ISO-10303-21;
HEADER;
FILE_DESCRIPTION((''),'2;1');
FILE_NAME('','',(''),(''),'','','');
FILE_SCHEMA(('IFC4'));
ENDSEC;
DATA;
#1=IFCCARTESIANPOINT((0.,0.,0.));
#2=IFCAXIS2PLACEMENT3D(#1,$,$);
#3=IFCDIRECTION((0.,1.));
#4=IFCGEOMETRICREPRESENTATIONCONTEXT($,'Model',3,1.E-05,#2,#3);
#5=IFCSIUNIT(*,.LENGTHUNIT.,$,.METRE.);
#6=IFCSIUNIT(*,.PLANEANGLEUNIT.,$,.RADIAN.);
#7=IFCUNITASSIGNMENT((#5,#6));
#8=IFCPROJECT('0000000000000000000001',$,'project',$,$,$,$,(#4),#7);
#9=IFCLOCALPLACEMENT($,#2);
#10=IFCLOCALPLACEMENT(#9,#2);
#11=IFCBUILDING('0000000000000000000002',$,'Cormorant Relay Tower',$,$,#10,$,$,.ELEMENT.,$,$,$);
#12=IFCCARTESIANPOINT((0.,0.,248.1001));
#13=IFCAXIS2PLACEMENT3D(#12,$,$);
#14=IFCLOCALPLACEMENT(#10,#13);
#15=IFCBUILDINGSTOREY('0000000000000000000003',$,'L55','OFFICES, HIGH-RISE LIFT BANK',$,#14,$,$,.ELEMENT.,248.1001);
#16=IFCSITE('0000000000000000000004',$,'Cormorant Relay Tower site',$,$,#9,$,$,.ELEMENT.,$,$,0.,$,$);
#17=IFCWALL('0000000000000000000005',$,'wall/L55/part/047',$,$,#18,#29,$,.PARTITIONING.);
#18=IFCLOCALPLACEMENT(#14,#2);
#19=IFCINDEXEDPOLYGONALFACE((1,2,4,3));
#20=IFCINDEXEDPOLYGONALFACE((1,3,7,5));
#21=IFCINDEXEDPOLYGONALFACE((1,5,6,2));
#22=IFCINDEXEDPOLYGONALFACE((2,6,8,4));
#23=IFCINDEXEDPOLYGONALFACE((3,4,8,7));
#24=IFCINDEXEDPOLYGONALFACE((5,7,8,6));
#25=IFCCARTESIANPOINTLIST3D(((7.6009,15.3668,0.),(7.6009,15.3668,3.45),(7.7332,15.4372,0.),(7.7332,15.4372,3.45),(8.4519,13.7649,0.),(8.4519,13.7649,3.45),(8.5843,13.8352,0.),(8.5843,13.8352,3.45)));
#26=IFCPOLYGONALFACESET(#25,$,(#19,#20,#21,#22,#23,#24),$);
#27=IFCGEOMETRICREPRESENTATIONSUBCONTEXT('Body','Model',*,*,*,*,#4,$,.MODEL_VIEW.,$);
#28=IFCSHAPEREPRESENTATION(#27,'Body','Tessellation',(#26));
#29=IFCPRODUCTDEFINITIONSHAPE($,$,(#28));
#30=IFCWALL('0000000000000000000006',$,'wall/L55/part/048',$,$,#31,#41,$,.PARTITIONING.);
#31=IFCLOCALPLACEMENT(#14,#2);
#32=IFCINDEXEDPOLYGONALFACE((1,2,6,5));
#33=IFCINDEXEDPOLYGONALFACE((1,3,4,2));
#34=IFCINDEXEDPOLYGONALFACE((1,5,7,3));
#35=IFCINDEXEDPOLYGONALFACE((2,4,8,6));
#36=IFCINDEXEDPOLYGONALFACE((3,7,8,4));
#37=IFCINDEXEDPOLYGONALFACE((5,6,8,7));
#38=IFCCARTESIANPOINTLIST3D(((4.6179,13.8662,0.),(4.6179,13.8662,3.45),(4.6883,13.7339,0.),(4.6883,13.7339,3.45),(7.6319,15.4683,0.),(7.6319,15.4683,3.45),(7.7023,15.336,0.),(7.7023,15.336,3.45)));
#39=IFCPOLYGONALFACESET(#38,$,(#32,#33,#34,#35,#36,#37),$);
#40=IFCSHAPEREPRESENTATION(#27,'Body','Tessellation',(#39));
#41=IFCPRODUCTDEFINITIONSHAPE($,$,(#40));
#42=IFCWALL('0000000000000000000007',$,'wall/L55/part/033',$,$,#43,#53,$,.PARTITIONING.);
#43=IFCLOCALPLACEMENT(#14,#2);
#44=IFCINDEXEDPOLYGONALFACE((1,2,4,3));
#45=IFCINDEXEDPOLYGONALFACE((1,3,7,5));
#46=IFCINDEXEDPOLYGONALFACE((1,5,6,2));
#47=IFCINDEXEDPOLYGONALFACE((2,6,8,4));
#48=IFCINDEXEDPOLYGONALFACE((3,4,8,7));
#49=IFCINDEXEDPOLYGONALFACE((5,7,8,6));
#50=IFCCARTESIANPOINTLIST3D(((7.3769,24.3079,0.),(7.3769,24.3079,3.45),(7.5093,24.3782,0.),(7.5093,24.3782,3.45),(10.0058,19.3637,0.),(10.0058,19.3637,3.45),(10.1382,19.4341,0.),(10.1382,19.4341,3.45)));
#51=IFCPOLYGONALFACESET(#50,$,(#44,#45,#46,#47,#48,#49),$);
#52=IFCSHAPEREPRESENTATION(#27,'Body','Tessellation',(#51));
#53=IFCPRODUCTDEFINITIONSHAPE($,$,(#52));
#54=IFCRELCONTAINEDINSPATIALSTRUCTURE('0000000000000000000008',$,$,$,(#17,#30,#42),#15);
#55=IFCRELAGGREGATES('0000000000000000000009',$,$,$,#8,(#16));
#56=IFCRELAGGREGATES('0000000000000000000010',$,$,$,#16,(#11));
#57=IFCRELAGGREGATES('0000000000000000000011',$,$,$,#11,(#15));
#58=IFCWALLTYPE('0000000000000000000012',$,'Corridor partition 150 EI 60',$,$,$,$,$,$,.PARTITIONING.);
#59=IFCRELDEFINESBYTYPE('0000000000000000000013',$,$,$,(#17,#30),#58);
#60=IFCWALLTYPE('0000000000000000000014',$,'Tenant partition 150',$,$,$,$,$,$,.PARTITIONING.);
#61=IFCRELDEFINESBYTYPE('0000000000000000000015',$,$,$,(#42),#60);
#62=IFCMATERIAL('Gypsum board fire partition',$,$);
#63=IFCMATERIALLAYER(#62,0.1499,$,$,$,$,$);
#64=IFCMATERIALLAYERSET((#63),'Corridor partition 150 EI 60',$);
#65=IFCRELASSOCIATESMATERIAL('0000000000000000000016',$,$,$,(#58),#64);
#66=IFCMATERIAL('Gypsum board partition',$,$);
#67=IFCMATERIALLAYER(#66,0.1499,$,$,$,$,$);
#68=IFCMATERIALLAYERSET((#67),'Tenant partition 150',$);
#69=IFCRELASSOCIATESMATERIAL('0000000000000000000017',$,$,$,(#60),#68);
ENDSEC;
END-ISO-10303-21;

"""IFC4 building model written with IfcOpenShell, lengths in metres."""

from ifc_helpers import new_model, si_unit, direction, frame, frame_2d, origin, place, context, subcontext, project, spatial, rectangle, extrude, material, layer, layer_set, type_object, element, save


model = new_model("IFC4")

# Units and contexts
model_context = context("Model", 3, precision=1e-05, world=origin(), true_north=direction((0.0, 1.0)))
body_context = subcontext(model_context, "Body", "Model", "MODEL_VIEW")
ifc_project = project(units=[si_unit("LENGTHUNIT", "METRE"), si_unit("PLANEANGLEUNIT", "RADIAN")], contexts=[model_context])

# Site, building, storey
site_placement = place(None, origin())
site = spatial("IfcSite", under=ifc_project, at=site_placement, Name="Cormorant Relay Tower site", CompositionType="ELEMENT", RefElevation=0.0)
building_placement = place(site_placement, origin())
building = spatial("IfcBuilding", under=site, at=building_placement, Name="Cormorant Relay Tower", CompositionType="ELEMENT")
storey_placement = place(building_placement, frame((0.0, 0.0, 248.1001)))
storey = spatial("IfcBuildingStorey", under=building, at=storey_placement, Name="L55", Description="OFFICES, HIGH-RISE LIFT BANK", CompositionType="ELEMENT", Elevation=248.1001)

# Shared definitions
ifc_material_1 = material(Name="Gypsum board fire partition")
ifc_layer_1 = layer(ifc_material_1, 0.1499)
ifc_layer_set_1 = layer_set([ifc_layer_1], Name="Corridor partition 150 EI 60")
wall_type_1 = type_object("IfcWallType", Name="Corridor partition 150 EI 60", PredefinedType="PARTITIONING", material=ifc_layer_set_1)

# Walls
wall_1_placement = place(storey_placement, frame((8.5181, 13.8, 0.0), z_axis=(0.0, 0.0, 1.0), x_axis=(-0.469149, 0.883119, 0.0)))
element("IfcWall", 1, at=wall_1_placement, inside=storey, type_object=wall_type_1, Name="wall/L55/part/047", PredefinedType="PARTITIONING", context=body_context, shape_type="SweptSolid", body=[
    extrude(rectangle(XDim=1.814, YDim=0.1499, at=frame_2d((0.907, 0.0))), origin(), (0.0, 0.0, 1.0), 3.45),
])
wall_2_placement = place(storey_placement, frame((7.667, 15.4021, 0.0), z_axis=(0.0, 0.0, 1.0), x_axis=(-0.883005, -0.469363, 0.0)))
element("IfcWall", 2, at=wall_2_placement, inside=storey, type_object=wall_type_1, Name="wall/L55/part/048", PredefinedType="PARTITIONING", context=body_context, shape_type="SweptSolid", body=[
    extrude(rectangle(XDim=3.4133, YDim=0.1499, at=frame_2d((1.7065, 0.0))), origin(), (0.0, 0.0, 1.0), 3.45),
])
ifc_material_2 = material(Name="Gypsum board partition")
ifc_layer_2 = layer(ifc_material_2, 0.1499)
ifc_layer_set_2 = layer_set([ifc_layer_2], Name="Tenant partition 150")
wall_type_2 = type_object("IfcWallType", Name="Tenant partition 150", PredefinedType="PARTITIONING", material=ifc_layer_set_2)
wall_3_placement = place(storey_placement, frame((10.072, 19.3989, 0.0), z_axis=(0.0, 0.0, 1.0), x_axis=(-0.469484, 0.882941, 0.0)))
element("IfcWall", 3, at=wall_3_placement, inside=storey, type_object=wall_type_2, Name="wall/L55/part/033", PredefinedType="PARTITIONING", context=body_context, shape_type="SweptSolid", body=[
    extrude(rectangle(XDim=5.5996, YDim=0.1499, at=frame_2d((2.7998, 0.0))), origin(), (0.0, 0.0, 1.0), 3.45),
])

save(model, "model.ifc")
